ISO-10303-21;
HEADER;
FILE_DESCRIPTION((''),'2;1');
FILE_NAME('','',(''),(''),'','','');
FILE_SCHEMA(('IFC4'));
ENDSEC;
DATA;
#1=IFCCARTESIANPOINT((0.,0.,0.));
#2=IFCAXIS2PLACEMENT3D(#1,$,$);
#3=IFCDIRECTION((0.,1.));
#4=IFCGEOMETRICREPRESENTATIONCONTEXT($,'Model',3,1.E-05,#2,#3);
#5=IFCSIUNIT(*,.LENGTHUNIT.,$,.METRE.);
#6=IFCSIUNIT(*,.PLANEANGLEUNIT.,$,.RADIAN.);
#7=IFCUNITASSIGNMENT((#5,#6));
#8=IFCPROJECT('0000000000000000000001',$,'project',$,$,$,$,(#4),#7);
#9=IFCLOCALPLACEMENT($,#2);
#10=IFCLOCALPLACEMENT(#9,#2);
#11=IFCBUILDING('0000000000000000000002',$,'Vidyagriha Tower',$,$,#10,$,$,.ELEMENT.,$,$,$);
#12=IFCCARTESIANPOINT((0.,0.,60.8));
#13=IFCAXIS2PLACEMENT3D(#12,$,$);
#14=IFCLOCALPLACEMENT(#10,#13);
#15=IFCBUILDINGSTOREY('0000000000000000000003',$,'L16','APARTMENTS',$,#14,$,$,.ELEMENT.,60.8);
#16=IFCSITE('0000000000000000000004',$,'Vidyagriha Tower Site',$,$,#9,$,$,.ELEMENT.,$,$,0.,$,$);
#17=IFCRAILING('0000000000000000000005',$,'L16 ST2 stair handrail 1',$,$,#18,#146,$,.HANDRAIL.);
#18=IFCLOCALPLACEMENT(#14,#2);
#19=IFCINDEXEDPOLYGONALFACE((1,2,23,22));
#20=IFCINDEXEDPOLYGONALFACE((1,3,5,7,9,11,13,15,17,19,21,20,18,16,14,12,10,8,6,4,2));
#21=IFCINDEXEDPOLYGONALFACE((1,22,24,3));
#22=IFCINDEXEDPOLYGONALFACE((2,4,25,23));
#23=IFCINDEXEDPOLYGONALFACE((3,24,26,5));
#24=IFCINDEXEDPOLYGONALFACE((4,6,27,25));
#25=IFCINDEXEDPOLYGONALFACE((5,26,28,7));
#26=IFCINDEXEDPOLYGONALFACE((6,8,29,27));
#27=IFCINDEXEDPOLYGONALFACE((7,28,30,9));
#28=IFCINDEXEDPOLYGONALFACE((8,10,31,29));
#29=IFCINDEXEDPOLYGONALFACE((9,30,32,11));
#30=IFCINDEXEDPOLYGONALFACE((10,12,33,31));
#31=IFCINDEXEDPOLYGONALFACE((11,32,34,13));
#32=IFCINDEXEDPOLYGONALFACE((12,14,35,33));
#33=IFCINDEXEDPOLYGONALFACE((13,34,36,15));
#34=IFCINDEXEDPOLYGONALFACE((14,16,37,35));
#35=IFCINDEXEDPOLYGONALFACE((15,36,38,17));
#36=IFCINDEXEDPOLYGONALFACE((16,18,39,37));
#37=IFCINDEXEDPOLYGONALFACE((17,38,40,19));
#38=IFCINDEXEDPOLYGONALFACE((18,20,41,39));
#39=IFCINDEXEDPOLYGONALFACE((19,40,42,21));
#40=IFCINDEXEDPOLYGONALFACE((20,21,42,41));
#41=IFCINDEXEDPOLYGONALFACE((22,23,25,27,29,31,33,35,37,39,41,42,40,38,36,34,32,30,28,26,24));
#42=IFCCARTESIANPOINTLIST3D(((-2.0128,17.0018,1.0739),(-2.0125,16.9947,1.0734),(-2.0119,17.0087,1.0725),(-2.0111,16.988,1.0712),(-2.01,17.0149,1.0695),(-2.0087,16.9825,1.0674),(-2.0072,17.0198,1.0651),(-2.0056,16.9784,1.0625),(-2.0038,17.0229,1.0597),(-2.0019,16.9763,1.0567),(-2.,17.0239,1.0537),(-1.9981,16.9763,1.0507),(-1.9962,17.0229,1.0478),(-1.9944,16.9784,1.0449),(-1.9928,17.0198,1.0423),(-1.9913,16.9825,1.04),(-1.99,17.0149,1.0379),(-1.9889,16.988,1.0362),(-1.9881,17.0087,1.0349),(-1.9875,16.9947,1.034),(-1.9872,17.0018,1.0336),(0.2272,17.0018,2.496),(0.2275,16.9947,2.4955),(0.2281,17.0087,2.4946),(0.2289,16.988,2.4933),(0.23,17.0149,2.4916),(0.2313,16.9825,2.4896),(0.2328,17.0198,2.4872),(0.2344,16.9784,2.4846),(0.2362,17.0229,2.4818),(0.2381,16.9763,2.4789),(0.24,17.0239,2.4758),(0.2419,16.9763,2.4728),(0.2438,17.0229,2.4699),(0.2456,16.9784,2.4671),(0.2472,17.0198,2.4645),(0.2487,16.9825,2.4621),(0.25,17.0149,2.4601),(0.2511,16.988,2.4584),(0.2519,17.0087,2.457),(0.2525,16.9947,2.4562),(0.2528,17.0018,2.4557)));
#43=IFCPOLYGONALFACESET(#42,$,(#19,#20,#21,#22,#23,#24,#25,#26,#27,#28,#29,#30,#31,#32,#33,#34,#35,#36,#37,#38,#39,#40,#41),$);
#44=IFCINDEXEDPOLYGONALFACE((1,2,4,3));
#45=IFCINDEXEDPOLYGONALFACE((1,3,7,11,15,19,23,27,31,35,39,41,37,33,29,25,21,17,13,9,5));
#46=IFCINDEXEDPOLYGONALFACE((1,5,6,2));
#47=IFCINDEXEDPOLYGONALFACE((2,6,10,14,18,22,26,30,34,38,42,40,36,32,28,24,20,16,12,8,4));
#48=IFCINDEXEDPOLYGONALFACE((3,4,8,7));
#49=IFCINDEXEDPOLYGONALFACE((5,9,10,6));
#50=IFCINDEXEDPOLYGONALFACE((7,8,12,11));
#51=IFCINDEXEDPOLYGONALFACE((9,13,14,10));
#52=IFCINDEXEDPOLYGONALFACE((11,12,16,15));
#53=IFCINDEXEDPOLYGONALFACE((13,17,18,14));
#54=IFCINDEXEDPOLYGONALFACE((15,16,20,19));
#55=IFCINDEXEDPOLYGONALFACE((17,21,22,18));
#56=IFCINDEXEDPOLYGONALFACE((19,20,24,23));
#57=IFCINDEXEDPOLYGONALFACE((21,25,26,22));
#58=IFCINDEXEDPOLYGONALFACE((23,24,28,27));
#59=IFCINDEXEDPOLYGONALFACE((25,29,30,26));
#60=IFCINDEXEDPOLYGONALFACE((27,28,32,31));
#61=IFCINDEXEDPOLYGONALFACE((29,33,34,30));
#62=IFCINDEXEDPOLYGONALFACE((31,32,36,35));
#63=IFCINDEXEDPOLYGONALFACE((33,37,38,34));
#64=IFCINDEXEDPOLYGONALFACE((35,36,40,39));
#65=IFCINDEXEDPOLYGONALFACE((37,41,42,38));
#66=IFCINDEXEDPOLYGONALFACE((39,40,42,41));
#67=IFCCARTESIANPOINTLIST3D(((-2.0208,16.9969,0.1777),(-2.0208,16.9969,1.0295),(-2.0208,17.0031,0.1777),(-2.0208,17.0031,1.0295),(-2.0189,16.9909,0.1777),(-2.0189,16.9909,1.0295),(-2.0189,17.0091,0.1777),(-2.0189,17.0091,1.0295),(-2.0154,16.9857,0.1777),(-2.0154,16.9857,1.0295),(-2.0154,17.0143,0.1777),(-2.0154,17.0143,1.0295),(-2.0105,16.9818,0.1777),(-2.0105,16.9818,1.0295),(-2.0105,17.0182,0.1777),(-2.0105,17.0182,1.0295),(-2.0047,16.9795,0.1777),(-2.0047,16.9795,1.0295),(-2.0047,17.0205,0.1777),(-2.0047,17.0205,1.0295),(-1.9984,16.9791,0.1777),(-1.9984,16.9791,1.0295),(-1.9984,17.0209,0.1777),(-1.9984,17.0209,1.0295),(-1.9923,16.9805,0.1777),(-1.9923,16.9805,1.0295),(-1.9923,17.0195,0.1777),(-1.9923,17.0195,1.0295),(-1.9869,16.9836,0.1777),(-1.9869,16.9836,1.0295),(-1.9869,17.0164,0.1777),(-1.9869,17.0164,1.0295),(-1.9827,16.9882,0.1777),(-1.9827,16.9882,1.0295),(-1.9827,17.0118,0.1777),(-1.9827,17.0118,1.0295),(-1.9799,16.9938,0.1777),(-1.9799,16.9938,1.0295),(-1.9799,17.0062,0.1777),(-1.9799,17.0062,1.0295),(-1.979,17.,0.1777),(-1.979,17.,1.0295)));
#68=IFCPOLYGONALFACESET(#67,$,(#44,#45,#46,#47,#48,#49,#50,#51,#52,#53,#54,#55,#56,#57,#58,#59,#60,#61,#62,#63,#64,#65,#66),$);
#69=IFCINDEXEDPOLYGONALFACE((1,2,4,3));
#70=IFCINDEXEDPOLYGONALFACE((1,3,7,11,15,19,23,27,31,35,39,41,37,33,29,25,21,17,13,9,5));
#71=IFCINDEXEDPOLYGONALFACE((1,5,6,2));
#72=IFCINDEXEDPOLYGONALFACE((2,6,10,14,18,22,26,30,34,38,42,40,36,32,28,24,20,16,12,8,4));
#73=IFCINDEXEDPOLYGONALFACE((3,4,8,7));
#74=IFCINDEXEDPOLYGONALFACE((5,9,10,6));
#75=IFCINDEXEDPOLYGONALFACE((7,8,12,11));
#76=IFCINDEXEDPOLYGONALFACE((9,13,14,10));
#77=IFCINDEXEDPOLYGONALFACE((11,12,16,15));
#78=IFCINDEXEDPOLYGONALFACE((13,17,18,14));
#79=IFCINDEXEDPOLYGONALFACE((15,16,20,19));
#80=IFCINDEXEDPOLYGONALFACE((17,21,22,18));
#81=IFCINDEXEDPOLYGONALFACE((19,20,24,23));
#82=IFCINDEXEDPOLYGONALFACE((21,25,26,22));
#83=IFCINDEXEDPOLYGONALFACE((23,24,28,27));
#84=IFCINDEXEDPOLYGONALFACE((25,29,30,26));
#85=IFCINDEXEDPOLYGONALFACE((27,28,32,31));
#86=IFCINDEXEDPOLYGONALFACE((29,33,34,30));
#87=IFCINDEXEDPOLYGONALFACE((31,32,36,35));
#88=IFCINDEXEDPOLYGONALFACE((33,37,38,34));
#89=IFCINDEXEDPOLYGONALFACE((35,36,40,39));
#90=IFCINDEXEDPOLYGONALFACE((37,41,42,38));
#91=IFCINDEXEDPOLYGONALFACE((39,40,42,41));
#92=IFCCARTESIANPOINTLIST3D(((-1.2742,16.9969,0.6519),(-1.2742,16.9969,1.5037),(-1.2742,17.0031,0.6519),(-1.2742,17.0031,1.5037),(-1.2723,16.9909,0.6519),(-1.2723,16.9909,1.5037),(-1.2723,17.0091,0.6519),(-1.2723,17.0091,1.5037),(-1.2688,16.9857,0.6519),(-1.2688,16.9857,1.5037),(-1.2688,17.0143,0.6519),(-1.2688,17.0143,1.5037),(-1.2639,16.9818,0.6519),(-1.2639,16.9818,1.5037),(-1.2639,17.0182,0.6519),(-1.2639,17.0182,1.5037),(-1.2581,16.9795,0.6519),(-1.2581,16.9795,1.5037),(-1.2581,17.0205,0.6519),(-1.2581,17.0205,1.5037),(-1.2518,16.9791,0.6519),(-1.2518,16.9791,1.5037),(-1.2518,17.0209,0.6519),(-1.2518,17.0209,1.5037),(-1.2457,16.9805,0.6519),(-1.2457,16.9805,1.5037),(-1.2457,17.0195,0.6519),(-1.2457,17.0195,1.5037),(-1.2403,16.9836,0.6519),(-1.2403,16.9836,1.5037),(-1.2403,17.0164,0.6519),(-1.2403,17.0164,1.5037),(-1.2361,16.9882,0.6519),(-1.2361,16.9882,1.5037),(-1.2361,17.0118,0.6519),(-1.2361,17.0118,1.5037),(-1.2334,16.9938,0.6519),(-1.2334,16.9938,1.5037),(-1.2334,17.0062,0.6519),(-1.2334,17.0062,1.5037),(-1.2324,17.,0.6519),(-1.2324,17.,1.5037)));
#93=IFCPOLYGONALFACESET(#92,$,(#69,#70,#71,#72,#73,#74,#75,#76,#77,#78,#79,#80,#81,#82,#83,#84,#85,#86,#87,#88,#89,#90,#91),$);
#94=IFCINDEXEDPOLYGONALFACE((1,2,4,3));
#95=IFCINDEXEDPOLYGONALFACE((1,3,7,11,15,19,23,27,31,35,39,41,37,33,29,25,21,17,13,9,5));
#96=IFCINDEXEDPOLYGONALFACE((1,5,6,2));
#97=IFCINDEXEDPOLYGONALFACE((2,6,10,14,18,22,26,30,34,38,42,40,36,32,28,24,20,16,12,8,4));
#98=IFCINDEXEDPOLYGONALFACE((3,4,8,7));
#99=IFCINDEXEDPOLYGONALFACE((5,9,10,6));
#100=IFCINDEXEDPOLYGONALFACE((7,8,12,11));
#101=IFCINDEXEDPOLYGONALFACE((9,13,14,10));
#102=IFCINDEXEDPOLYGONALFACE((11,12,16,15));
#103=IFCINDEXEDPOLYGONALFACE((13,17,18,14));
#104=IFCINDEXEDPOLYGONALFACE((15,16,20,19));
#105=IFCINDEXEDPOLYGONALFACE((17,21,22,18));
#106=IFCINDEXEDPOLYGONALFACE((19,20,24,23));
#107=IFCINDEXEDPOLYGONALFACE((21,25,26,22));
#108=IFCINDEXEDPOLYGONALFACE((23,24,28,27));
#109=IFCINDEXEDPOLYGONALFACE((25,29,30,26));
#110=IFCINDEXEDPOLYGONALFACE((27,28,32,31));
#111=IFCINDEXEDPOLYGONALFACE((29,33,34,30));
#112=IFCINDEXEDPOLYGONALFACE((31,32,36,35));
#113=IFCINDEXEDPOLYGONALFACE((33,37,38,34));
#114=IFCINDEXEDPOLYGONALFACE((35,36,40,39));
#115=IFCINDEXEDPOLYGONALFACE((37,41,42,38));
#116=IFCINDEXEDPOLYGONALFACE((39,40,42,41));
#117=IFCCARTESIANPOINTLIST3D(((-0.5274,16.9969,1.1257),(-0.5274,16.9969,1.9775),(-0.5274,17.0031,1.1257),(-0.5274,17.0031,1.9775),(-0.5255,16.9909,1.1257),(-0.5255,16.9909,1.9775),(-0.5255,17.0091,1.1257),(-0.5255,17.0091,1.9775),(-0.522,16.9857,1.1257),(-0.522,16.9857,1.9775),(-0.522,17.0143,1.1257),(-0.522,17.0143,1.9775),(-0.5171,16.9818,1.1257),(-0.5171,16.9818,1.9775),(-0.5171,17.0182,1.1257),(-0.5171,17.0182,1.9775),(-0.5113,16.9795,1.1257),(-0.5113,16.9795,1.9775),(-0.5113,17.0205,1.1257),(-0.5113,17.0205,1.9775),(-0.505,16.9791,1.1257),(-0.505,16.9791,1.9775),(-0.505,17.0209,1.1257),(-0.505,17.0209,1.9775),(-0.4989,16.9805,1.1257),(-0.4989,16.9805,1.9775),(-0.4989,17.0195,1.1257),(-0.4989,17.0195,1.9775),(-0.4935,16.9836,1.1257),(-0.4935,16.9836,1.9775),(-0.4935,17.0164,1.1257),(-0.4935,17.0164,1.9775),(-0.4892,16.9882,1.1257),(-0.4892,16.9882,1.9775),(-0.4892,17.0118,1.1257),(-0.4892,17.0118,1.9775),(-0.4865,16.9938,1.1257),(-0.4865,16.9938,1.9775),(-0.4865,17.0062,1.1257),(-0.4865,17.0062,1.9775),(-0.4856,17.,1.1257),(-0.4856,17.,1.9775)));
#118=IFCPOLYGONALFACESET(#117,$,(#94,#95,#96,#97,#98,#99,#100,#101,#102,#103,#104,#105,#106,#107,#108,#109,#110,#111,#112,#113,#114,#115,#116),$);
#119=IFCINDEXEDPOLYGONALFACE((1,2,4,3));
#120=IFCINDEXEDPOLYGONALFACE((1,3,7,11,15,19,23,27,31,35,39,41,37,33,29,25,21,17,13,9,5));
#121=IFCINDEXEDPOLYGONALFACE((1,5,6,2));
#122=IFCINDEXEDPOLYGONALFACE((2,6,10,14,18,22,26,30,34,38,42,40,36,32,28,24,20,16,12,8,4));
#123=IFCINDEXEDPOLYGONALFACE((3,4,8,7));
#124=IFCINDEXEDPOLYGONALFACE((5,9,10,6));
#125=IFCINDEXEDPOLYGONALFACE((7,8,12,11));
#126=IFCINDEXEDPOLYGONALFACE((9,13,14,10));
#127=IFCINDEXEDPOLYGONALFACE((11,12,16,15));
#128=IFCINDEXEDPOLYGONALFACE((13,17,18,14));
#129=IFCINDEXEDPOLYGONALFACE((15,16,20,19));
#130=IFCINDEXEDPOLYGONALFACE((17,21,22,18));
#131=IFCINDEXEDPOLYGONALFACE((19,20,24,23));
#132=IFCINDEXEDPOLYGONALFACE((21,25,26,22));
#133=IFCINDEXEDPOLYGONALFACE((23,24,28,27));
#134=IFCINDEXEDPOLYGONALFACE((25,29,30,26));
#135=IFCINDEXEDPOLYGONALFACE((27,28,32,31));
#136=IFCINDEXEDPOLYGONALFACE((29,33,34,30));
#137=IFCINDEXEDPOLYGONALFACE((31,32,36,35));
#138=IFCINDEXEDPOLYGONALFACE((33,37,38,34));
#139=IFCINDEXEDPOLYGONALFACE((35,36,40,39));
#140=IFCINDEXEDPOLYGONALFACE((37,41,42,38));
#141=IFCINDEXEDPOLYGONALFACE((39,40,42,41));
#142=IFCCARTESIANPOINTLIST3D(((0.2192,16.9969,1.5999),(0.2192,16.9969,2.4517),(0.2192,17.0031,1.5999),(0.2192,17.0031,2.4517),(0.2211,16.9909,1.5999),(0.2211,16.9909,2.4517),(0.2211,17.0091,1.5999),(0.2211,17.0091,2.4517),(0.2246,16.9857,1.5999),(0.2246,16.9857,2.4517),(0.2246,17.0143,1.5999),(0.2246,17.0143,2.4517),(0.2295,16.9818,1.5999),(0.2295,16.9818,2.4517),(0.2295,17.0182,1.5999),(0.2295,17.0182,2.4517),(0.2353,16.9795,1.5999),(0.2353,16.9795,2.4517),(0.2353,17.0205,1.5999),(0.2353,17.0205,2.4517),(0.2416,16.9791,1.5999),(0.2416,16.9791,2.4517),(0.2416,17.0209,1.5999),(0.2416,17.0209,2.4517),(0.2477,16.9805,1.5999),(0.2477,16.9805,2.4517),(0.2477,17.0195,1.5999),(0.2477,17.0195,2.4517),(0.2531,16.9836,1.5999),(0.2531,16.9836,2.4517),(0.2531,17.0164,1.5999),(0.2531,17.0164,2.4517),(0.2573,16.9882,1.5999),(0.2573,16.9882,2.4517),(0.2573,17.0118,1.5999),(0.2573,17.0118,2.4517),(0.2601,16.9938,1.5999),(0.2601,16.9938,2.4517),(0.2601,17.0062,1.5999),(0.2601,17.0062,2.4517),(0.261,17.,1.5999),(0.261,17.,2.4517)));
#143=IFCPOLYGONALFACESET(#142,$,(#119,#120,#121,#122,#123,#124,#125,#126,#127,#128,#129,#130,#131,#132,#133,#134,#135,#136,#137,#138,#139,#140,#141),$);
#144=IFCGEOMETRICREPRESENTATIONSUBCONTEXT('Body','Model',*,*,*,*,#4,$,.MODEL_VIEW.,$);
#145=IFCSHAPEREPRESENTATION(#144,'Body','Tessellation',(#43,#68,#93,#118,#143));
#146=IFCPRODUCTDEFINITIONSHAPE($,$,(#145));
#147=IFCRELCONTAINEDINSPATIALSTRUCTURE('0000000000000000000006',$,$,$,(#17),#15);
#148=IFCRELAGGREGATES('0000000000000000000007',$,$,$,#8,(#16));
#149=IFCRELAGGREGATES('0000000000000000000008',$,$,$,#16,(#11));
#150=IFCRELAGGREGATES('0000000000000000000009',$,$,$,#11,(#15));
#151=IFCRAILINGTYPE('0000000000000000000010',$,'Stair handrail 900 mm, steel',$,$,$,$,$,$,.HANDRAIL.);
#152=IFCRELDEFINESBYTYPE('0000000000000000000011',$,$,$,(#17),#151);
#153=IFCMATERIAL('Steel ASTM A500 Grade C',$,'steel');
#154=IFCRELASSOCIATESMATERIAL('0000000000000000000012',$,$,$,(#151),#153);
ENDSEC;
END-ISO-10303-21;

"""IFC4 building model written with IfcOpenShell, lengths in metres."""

from ifc_helpers import new_model, si_unit, direction, frame, origin, origin_2d, place, context, subcontext, project, spatial, circle, extrude, material, type_object, element, save


model = new_model("IFC4")

# Units and contexts
model_context = context("Model", 3, precision=1e-05, world=origin(), true_north=direction((0.0, 1.0)))
body_context = subcontext(model_context, "Body", "Model", "MODEL_VIEW")
ifc_project = project(units=[si_unit("LENGTHUNIT", "METRE"), si_unit("PLANEANGLEUNIT", "RADIAN")], contexts=[model_context])

# Site, building, storey
site_placement = place(None, origin())
site = spatial("IfcSite", under=ifc_project, at=site_placement, Name="Vidyagriha Tower Site", CompositionType="ELEMENT", RefElevation=0.0)
building_placement = place(site_placement, origin())
building = spatial("IfcBuilding", under=site, at=building_placement, Name="Vidyagriha Tower", CompositionType="ELEMENT")
storey_placement = place(building_placement, frame((0.0, 0.0, 60.8)))
storey = spatial("IfcBuildingStorey", under=building, at=storey_placement, Name="L16", Description="APARTMENTS", CompositionType="ELEMENT", Elevation=60.8)

# Railing
ifc_material_1 = material(Name="Steel ASTM A500 Grade C", Category="steel")
railing_type_1 = type_object("IfcRailingType", Name="Stair handrail 900 mm, steel", PredefinedType="HANDRAIL", material=ifc_material_1)
railing_1_placement = place(storey_placement, frame((-2.0, 17.0, 0.1777)))
element("IfcRailing", 1, at=railing_1_placement, inside=storey, type_object=railing_type_1, Name="L16 ST2 stair handrail 1", PredefinedType="HANDRAIL", context=body_context, shape_type="SweptSolid", body=[
    extrude(circle(Radius=0.0239, at=origin_2d()), frame((0.0, 0.0, 0.876), z_axis=(0.844229, 0.0, 0.535982), x_axis=(0.0, 1.0, 0.0)), (0.0, 0.0, 1.0), 2.6533),
    extrude(circle(Radius=0.021, at=origin_2d()), origin(), (0.0, 0.0, 1.0), 0.8518),
    extrude(circle(Radius=0.021, at=origin_2d()), frame((0.7466, 0.0, 0.4741)), (0.0, 0.0, 1.0), 0.8518),
    extrude(circle(Radius=0.021, at=origin_2d()), frame((1.4934, 0.0, 0.948)), (0.0, 0.0, 1.0), 0.8518),
    extrude(circle(Radius=0.021, at=origin_2d()), frame((2.24, 0.0, 1.4221)), (0.0, 0.0, 1.0), 0.8518),
])

save(model, "model.ifc")
